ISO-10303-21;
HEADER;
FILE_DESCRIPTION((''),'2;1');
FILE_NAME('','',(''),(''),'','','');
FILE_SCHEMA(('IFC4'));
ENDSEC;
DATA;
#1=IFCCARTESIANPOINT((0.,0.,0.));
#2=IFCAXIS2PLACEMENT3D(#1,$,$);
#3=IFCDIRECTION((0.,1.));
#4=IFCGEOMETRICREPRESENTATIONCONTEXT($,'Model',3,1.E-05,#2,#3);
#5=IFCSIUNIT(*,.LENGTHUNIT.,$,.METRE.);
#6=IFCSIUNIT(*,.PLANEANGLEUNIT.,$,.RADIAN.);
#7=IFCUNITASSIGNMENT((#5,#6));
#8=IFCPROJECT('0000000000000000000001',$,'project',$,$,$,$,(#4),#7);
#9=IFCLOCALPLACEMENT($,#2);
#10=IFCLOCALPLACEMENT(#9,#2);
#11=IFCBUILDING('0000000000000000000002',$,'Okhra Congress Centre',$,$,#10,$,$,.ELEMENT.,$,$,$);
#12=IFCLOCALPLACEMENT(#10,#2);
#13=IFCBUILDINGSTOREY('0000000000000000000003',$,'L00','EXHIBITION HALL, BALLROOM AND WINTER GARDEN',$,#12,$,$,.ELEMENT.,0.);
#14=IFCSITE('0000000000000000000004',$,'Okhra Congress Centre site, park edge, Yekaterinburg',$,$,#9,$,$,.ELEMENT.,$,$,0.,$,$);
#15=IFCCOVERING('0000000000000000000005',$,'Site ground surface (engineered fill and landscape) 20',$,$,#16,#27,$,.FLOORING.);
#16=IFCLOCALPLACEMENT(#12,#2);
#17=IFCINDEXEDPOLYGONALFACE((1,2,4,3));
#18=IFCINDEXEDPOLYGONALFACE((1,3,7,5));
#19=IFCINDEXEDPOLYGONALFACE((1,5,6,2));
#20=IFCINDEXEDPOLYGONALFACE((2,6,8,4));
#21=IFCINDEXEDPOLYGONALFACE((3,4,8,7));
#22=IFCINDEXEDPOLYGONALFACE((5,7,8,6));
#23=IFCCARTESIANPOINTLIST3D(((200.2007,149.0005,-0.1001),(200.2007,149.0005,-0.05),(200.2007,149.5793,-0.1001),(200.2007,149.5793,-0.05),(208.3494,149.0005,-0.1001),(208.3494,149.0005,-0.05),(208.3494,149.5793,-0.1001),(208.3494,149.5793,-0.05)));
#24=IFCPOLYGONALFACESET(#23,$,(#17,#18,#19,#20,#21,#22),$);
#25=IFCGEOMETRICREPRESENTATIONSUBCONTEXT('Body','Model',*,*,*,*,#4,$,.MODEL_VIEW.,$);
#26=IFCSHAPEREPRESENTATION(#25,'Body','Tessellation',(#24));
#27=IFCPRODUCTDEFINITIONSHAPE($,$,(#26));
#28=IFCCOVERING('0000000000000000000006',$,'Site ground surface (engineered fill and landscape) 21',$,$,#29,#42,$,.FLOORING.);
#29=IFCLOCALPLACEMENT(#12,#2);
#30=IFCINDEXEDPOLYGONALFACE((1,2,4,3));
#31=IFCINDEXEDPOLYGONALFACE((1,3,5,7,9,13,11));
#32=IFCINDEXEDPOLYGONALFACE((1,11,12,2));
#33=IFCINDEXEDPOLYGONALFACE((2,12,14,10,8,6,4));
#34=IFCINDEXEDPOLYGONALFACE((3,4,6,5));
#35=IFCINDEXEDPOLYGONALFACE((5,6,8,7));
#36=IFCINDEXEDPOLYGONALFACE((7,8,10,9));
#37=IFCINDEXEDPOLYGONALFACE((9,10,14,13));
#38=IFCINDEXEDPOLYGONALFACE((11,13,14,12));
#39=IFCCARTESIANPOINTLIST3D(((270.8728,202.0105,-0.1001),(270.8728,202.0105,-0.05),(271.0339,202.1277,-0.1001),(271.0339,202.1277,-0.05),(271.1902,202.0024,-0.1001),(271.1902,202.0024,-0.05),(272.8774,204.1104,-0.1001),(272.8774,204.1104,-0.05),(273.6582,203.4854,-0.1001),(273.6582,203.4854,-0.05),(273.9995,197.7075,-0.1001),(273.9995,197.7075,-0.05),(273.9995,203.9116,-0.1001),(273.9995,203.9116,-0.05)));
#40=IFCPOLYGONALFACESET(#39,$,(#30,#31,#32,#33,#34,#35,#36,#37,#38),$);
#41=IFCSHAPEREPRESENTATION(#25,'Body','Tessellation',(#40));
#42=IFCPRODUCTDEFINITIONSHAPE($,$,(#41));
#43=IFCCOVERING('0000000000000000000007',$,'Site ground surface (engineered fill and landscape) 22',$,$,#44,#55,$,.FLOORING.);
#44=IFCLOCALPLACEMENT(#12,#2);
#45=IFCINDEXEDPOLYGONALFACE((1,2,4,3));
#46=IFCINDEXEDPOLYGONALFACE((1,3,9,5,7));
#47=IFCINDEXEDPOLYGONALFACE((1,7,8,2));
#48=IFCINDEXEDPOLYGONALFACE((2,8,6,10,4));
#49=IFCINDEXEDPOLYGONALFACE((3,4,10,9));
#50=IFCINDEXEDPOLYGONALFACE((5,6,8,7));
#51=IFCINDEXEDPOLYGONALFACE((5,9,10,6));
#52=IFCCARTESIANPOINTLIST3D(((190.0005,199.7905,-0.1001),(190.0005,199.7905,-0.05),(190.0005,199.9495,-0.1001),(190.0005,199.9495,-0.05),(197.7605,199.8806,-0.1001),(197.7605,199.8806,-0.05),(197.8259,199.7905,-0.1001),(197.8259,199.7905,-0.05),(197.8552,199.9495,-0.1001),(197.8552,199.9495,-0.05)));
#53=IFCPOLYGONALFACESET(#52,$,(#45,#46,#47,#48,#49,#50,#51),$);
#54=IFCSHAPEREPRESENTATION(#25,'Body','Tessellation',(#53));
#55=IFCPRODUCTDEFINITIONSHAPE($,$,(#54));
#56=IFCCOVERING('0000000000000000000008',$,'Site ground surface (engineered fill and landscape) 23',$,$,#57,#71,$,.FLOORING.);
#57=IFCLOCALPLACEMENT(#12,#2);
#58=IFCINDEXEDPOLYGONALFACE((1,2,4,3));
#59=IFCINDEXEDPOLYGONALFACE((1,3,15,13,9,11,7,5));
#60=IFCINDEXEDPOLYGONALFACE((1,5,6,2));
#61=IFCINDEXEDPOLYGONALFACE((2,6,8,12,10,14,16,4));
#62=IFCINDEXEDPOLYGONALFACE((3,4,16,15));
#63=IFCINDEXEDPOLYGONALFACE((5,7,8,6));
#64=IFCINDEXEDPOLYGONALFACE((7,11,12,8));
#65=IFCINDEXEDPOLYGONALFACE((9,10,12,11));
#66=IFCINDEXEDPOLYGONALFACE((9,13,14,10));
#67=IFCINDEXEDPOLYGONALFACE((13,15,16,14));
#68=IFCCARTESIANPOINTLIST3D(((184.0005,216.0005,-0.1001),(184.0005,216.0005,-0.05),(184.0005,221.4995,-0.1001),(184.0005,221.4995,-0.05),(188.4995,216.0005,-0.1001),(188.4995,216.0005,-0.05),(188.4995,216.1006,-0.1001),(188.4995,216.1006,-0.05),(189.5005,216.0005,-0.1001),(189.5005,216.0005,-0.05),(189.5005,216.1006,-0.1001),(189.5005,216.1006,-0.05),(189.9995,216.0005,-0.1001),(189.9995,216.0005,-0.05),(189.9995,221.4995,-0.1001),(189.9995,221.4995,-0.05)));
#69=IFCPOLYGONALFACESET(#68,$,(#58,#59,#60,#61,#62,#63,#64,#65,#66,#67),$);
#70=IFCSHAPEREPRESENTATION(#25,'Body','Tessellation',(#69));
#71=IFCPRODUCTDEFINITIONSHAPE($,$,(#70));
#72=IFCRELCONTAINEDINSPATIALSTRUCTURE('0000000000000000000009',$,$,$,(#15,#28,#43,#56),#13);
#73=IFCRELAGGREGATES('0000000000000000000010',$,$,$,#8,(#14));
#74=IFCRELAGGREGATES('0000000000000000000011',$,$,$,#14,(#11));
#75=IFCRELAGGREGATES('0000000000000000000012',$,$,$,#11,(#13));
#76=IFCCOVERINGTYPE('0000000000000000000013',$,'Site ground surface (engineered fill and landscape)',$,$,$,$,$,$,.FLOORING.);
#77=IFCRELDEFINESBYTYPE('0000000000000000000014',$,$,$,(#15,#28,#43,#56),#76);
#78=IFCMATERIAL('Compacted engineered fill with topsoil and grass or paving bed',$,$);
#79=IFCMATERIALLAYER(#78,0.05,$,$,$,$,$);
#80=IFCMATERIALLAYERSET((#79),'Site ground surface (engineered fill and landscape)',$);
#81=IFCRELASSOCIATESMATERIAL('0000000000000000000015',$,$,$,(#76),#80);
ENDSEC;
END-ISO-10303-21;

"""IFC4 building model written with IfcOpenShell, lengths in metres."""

from ifc_helpers import new_model, si_unit, direction, frame, origin, place, context, subcontext, project, spatial, polyline, outline, extrude, material, layer, layer_set, type_object, element, save


model = new_model("IFC4")

# Units and contexts
model_context = context("Model", 3, precision=1e-05, world=origin(), true_north=direction((0.0, 1.0)))
body_context = subcontext(model_context, "Body", "Model", "MODEL_VIEW")
ifc_project = project(units=[si_unit("LENGTHUNIT", "METRE"), si_unit("PLANEANGLEUNIT", "RADIAN")], contexts=[model_context])

# Site, building, storey
site_placement = place(None, origin())
site = spatial("IfcSite", under=ifc_project, at=site_placement, Name="Okhra Congress Centre site, park edge, Yekaterinburg", CompositionType="ELEMENT", RefElevation=0.0)
building_placement = place(site_placement, origin())
building = spatial("IfcBuilding", under=site, at=building_placement, Name="Okhra Congress Centre", CompositionType="ELEMENT")
storey_placement = place(building_placement, origin())
storey = spatial("IfcBuildingStorey", under=building, at=storey_placement, Name="L00", Description="EXHIBITION HALL, BALLROOM AND WINTER GARDEN", CompositionType="ELEMENT", Elevation=0.0)

# Coverings
ifc_material_1 = material(Name="Compacted engineered fill with topsoil and grass or paving bed")
ifc_layer_1 = layer(ifc_material_1, 0.05)
ifc_layer_set_1 = layer_set([ifc_layer_1], Name="Site ground surface (engineered fill and landscape)")
covering_type = type_object("IfcCoveringType", Name="Site ground surface (engineered fill and landscape)", PredefinedType="FLOORING", material=ifc_layer_set_1)
covering_1_placement = place(storey_placement, frame((0.0, 0.0, -0.1001)))
element("IfcCovering", 1, at=covering_1_placement, inside=storey, type_object=covering_type, Name="Site ground surface (engineered fill and landscape) 20", PredefinedType="FLOORING", context=body_context, shape_type="SweptSolid", body=[
    extrude(outline(polyline([(208.3494, 149.0005), (208.3494, 149.5793), (200.2007, 149.5793), (200.2007, 149.0005), (208.3494, 149.0005)])), origin(), (0.0, 0.0, 1.0), 0.05),
])
covering_2_placement = place(storey_placement, frame((0.0, 0.0, -0.1001)))
element("IfcCovering", 2, at=covering_2_placement, inside=storey, type_object=covering_type, Name="Site ground surface (engineered fill and landscape) 21", PredefinedType="FLOORING", context=body_context, shape_type="SweptSolid", body=[
    extrude(outline(polyline([(273.9995, 203.9116), (273.6582, 203.4854), (272.8774, 204.1104), (271.1902, 202.0024), (271.0339, 202.1277), (270.8728, 202.0105), (273.9995, 197.7075), (273.9995, 203.9116)])), origin(), (0.0, 0.0, 1.0), 0.05),
])
covering_3_placement = place(storey_placement, frame((0.0, 0.0, -0.1001)))
element("IfcCovering", 3, at=covering_3_placement, inside=storey, type_object=covering_type, Name="Site ground surface (engineered fill and landscape) 22", PredefinedType="FLOORING", context=body_context, shape_type="SweptSolid", body=[
    extrude(outline(polyline([(190.0005, 199.9495), (190.0005, 199.7905), (197.8259, 199.7905), (197.7605, 199.8806), (197.8552, 199.9495), (190.0005, 199.9495)])), origin(), (0.0, 0.0, 1.0), 0.05),
])
covering_4_placement = place(storey_placement, frame((0.0, 0.0, -0.1001)))
element("IfcCovering", 4, at=covering_4_placement, inside=storey, type_object=covering_type, Name="Site ground surface (engineered fill and landscape) 23", PredefinedType="FLOORING", context=body_context, shape_type="SweptSolid", body=[
    extrude(outline(polyline([(189.9995, 221.4995), (184.0005, 221.4995), (184.0005, 216.0005), (188.4995, 216.0005), (188.4995, 216.1006), (189.5005, 216.1006), (189.5005, 216.0005), (189.9995, 216.0005), (189.9995, 221.4995)])), origin(), (0.0, 0.0, 1.0), 0.05),
])

save(model, "model.ifc")
